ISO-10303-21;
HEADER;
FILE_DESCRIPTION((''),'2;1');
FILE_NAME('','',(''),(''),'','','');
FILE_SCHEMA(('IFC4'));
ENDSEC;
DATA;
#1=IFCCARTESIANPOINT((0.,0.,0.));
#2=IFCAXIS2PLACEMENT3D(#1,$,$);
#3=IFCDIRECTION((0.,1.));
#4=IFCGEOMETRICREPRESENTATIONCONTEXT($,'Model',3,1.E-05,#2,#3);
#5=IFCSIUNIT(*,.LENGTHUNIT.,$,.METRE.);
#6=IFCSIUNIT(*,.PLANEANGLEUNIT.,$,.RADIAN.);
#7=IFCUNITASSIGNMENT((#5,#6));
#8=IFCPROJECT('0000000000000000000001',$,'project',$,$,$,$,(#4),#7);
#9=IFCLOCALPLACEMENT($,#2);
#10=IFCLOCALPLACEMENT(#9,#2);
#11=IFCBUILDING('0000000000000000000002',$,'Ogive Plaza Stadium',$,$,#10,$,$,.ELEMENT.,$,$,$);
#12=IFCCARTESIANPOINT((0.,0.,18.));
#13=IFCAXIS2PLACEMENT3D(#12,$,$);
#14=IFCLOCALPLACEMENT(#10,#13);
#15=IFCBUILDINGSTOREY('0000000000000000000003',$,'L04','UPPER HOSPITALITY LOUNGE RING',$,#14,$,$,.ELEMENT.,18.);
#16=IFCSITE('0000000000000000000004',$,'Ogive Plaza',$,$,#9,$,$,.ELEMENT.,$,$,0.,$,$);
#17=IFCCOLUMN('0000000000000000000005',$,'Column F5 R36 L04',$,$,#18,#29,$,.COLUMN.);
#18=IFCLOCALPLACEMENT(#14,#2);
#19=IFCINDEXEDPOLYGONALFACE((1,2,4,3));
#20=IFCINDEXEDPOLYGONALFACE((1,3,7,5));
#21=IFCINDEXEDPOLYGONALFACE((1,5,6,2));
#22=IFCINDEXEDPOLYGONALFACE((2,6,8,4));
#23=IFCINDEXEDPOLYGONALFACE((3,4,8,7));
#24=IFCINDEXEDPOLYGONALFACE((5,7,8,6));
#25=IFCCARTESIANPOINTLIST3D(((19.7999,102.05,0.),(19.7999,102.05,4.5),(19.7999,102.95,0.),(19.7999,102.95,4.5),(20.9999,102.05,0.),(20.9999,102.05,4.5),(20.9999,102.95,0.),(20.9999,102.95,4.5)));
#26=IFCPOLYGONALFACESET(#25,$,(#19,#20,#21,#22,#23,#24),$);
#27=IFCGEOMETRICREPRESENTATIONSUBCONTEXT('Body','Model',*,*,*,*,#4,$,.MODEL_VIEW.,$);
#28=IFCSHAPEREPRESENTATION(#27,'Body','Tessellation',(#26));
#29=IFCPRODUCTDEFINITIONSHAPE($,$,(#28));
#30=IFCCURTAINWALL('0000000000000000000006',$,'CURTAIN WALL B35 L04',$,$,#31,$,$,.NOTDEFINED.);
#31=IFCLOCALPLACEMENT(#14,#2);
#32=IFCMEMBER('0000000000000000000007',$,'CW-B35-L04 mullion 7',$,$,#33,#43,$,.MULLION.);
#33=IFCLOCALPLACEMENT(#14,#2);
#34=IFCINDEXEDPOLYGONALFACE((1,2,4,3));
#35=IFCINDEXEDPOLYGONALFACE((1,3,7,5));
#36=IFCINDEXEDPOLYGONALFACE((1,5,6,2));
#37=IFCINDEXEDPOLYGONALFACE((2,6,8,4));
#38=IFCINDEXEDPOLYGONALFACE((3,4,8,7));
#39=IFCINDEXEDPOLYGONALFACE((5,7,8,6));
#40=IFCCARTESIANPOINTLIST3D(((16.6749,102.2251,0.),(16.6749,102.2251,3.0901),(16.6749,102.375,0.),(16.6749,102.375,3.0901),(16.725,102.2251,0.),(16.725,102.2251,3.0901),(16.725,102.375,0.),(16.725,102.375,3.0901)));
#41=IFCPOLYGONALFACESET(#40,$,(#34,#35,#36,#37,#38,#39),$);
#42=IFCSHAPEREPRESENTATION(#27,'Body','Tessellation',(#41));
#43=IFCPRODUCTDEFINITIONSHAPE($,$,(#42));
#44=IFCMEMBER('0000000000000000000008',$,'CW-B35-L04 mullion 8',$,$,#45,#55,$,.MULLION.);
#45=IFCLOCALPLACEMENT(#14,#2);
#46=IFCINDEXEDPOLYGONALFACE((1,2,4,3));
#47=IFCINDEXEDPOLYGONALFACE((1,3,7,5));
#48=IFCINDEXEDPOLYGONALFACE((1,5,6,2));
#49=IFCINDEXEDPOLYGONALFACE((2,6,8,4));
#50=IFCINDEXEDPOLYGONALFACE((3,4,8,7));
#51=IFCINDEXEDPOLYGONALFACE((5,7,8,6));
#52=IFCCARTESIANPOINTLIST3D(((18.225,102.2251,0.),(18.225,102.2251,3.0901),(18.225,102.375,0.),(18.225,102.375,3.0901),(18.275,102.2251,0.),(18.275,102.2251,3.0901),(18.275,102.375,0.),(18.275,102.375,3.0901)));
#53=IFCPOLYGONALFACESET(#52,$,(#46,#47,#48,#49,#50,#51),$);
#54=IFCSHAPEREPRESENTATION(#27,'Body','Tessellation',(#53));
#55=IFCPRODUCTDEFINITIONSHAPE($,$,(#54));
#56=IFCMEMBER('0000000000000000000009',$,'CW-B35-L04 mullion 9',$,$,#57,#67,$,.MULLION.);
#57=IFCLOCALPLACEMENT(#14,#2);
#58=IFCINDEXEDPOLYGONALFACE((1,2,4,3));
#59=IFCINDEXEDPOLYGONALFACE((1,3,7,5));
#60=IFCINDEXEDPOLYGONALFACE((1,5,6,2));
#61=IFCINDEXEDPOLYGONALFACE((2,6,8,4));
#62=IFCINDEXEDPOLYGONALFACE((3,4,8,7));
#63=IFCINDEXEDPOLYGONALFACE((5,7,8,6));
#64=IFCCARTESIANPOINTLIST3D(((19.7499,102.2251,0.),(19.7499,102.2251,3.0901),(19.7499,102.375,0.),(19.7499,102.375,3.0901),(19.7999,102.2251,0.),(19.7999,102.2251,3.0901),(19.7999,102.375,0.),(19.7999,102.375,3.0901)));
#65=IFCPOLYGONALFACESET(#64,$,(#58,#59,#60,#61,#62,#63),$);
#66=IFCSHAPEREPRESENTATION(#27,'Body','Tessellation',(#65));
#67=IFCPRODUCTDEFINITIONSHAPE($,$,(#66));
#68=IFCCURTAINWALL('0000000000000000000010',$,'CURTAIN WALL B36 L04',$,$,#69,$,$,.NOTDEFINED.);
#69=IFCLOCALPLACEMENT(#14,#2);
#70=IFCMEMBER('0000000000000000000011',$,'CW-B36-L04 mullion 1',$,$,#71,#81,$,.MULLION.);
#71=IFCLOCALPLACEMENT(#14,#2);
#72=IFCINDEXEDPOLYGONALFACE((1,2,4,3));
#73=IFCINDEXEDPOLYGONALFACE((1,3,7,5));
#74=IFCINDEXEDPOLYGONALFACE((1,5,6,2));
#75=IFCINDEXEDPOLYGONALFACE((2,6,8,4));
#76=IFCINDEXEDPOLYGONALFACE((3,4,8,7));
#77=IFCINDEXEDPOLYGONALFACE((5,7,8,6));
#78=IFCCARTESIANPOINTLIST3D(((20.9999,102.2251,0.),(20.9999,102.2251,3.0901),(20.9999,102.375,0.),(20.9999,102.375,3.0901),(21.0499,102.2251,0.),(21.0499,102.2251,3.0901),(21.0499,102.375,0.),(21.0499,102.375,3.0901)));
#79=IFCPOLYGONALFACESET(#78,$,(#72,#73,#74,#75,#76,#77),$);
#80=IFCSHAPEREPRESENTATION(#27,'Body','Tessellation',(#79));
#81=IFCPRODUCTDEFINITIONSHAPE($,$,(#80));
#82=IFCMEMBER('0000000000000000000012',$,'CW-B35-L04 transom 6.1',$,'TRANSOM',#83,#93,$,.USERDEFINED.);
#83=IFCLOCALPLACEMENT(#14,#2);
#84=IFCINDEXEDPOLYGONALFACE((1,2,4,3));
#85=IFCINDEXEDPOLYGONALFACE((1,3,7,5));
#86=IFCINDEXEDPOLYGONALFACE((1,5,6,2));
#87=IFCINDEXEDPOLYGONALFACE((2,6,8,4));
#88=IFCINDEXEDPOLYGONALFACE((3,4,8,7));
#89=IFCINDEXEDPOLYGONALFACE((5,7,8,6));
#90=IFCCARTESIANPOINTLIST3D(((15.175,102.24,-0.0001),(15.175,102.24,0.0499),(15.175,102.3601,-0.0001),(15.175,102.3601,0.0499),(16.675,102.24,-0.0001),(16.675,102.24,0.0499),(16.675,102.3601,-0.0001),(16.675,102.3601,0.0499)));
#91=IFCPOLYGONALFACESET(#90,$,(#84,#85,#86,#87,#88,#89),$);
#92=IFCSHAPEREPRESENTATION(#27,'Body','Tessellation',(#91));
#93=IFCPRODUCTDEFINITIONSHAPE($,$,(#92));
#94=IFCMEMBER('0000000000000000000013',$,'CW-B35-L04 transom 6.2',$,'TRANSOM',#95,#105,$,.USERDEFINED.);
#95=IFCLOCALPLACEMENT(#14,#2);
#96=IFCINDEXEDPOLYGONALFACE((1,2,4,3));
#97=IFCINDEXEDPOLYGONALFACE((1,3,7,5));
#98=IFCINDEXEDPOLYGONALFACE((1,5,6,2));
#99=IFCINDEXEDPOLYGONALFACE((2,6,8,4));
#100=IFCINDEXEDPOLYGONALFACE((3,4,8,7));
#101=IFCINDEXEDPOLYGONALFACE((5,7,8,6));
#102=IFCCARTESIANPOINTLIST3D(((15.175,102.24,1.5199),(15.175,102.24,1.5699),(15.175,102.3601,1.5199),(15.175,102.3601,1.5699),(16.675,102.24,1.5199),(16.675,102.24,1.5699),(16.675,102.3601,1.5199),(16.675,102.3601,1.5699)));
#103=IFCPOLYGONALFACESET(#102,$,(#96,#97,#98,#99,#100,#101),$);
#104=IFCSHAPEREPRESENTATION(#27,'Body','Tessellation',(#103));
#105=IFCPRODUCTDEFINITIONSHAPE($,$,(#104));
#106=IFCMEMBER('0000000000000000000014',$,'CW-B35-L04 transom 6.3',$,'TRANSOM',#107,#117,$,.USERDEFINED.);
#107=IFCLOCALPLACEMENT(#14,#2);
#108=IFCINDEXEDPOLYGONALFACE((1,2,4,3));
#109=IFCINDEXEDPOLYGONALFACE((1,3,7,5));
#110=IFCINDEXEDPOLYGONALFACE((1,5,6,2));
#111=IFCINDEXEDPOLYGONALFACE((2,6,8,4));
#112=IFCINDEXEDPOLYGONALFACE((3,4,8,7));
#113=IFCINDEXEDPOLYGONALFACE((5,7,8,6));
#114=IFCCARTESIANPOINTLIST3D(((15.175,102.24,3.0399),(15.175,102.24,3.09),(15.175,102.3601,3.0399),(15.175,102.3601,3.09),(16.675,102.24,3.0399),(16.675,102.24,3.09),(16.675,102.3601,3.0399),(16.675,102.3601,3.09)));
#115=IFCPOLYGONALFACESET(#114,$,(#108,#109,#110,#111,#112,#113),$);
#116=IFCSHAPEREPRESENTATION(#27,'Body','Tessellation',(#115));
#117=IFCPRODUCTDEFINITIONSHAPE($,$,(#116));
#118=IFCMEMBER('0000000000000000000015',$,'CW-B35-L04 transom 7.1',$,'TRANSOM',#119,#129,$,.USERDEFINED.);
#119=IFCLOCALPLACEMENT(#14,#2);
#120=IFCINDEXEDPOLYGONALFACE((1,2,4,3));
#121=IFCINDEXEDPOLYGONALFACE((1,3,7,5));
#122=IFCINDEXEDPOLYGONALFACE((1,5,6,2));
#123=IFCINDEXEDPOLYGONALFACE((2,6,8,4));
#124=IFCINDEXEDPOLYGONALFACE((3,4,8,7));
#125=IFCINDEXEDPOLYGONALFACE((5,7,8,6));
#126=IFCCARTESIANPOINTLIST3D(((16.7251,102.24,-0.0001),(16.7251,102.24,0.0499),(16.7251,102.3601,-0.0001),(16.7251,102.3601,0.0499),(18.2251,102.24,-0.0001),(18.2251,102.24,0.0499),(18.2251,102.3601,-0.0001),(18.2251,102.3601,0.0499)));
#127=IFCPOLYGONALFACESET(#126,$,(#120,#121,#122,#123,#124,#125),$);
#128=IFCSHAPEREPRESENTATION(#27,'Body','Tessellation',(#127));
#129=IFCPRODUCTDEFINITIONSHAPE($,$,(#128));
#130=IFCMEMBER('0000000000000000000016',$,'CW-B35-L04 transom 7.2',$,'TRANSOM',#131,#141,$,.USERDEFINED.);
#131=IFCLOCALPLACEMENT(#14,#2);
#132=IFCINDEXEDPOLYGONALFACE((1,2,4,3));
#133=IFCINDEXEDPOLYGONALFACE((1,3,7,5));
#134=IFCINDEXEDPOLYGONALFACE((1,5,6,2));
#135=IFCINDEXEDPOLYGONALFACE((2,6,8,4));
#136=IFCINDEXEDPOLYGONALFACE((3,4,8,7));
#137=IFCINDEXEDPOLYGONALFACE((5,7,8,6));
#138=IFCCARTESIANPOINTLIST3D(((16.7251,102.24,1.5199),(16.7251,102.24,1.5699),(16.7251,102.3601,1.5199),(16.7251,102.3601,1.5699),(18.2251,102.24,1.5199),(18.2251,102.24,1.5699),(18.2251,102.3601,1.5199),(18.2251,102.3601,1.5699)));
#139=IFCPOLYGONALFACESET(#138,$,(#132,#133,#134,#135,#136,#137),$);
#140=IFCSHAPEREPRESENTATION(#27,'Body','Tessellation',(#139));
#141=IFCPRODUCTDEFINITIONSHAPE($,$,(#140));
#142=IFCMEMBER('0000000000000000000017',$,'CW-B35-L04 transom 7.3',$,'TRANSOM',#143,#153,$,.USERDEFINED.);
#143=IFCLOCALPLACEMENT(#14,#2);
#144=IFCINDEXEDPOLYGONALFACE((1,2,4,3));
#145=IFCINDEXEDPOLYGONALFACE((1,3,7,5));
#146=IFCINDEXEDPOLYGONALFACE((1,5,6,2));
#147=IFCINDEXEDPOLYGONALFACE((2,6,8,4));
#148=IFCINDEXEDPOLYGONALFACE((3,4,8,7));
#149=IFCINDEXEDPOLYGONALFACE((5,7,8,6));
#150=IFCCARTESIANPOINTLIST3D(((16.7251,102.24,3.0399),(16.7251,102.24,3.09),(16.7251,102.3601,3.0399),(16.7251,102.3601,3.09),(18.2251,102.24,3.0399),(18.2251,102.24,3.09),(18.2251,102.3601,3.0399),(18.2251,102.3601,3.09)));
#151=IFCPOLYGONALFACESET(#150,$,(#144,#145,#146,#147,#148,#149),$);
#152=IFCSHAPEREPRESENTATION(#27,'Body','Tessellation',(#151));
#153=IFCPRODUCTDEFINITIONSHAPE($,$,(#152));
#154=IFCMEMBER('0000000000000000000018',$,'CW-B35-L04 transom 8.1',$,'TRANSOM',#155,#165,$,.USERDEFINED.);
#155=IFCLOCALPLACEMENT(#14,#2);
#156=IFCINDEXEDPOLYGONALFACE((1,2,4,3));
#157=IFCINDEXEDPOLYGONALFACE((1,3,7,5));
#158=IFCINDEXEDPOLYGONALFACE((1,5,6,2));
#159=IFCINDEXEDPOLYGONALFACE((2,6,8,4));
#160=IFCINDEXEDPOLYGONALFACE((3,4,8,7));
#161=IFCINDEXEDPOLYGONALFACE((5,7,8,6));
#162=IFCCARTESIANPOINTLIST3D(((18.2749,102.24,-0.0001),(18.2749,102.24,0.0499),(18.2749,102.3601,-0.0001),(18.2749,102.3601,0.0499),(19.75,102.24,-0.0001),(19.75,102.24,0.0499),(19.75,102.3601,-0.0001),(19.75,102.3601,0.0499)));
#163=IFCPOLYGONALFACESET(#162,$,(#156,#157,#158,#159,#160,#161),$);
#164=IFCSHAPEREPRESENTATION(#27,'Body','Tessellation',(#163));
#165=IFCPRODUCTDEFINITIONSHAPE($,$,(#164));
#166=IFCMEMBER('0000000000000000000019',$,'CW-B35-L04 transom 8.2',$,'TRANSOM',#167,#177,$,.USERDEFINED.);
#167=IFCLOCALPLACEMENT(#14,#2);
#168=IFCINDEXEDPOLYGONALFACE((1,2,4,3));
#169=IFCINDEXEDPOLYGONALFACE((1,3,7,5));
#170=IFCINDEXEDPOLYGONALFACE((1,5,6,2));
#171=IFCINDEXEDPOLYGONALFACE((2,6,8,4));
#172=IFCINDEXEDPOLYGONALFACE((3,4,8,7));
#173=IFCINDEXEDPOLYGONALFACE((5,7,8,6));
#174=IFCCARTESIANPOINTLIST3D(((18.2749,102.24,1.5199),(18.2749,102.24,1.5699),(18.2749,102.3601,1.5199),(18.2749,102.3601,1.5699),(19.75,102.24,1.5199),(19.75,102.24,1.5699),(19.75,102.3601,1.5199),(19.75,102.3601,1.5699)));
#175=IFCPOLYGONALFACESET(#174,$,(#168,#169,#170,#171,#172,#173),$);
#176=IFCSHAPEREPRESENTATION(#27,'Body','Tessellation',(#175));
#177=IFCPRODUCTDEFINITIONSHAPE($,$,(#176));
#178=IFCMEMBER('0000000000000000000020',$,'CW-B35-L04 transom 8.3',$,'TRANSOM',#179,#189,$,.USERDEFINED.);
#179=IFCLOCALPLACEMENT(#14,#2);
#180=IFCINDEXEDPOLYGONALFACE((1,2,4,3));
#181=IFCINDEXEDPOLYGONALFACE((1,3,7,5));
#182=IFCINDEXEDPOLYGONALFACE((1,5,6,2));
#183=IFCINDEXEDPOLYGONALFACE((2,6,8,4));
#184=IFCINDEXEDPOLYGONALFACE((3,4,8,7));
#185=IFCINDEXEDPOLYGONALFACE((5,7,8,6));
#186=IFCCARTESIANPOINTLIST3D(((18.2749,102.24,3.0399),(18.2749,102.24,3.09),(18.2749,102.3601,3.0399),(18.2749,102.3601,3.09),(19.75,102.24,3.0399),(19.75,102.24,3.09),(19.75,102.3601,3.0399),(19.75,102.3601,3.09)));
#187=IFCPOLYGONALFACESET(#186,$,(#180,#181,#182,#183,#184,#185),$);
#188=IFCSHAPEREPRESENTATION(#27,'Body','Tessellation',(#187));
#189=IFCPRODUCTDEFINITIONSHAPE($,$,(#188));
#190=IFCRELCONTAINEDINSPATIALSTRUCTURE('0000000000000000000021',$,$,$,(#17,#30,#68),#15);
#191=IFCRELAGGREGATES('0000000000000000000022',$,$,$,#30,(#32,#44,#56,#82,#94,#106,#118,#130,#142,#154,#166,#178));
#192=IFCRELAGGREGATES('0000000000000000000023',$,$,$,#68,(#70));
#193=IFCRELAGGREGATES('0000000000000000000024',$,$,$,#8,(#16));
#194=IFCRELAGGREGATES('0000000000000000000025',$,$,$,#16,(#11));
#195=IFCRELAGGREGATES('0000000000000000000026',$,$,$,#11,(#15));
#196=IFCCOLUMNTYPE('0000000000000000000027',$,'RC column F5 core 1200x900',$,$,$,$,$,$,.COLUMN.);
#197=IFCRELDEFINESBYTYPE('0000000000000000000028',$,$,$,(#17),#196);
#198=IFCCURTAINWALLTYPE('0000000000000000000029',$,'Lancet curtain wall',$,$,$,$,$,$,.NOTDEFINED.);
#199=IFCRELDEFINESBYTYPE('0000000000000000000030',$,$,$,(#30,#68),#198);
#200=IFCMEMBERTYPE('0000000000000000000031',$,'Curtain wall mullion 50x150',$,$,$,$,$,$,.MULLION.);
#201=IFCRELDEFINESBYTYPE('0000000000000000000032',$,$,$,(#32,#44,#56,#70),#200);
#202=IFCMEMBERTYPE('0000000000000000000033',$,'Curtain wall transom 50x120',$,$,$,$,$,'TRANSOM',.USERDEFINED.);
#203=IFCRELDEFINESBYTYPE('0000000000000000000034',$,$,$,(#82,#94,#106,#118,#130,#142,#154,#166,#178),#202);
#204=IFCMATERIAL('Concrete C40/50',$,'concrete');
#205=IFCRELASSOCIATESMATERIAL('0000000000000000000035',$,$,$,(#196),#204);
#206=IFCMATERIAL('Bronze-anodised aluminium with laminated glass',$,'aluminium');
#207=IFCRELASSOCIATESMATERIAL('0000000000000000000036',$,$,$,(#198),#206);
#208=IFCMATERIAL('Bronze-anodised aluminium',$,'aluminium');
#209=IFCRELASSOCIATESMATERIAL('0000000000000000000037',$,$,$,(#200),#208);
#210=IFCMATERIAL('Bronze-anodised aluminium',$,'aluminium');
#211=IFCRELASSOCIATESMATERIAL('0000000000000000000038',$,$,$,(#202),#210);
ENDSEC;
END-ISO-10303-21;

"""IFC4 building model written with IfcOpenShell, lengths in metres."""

from ifc_helpers import new_model, si_unit, direction, frame, origin, origin_2d, place, context, subcontext, project, spatial, rectangle, extrude, material, material_profile, profile_set, type_object, element, aggregate, save


model = new_model("IFC4")

# Units and contexts
model_context = context("Model", 3, precision=1e-05, world=origin(), true_north=direction((0.0, 1.0)))
body_context = subcontext(model_context, "Body", "Model", "MODEL_VIEW")
ifc_project = project(units=[si_unit("LENGTHUNIT", "METRE"), si_unit("PLANEANGLEUNIT", "RADIAN")], contexts=[model_context])

# Site, building, storey
site_placement = place(None, origin())
site = spatial("IfcSite", under=ifc_project, at=site_placement, Name="Ogive Plaza", CompositionType="ELEMENT", RefElevation=0.0)
building_placement = place(site_placement, origin())
building = spatial("IfcBuilding", under=site, at=building_placement, Name="Ogive Plaza Stadium", CompositionType="ELEMENT")
storey_placement = place(building_placement, frame((0.0, 0.0, 18.0)))
storey = spatial("IfcBuildingStorey", under=building, at=storey_placement, Name="L04", Description="UPPER HOSPITALITY LOUNGE RING", CompositionType="ELEMENT", Elevation=18.0)

# Column
ifc_material_1 = material(Name="Concrete C40/50", Category="concrete")
ifc_material_profile_1 = material_profile(ifc_material_1, rectangle(XDim=1.2, YDim=0.8999, at=origin_2d()), Name="RC 1200x900")
ifc_profile_set_1 = profile_set([ifc_material_profile_1], Name="Concrete C40/50")
column_type = type_object("IfcColumnType", Name="RC column F5 core 1200x900", PredefinedType="COLUMN", material=ifc_profile_set_1)
column_placement = place(storey_placement, frame((20.3999, 102.5, 0.0), z_axis=(0.0, 0.0, 1.0), x_axis=(-1.0, 0.0, 0.0)))
element("IfcColumn", 1, at=column_placement, inside=storey, type_object=column_type, Name="Column F5 R36 L04", PredefinedType="COLUMN", context=body_context, shape_type="SweptSolid", body=[
    extrude(rectangle(XDim=1.2, YDim=0.8999, at=origin_2d()), origin(), (0.0, 0.0, 1.0), 4.5),
])

# Curtain wall, members
ifc_material_2 = material(Name="Bronze-anodised aluminium with laminated glass", Category="aluminium")
curtain_wall_type = type_object("IfcCurtainWallType", Name="Lancet curtain wall", PredefinedType="NOTDEFINED", material=ifc_material_2)
curtain_wall_1_placement = place(storey_placement, origin())
curtain_wall_1 = element("IfcCurtainWall", 2, at=curtain_wall_1_placement, inside=storey, type_object=curtain_wall_type, Name="CURTAIN WALL B35 L04", PredefinedType="NOTDEFINED")
ifc_material_3 = material(Name="Bronze-anodised aluminium", Category="aluminium")
ifc_material_profile_2 = material_profile(ifc_material_3, rectangle(XDim=0.1499, YDim=0.05, at=origin_2d()), Name="AL 150x50")
ifc_profile_set_2 = profile_set([ifc_material_profile_2], Name="Bronze-anodised aluminium")
member_type_1 = type_object("IfcMemberType", Name="Curtain wall mullion 50x150", PredefinedType="MULLION", material=ifc_profile_set_2)
member_1_placement = place(storey_placement, frame((16.7, 102.3, 0.0), z_axis=(0.0, 0.0, 1.0), x_axis=(0.0, 1.0, 0.0)))
member_1 = element("IfcMember", 3, at=member_1_placement, type_object=member_type_1, Name="CW-B35-L04 mullion 7", PredefinedType="MULLION", context=body_context, shape_type="SweptSolid", body=[
    extrude(rectangle(XDim=0.1499, YDim=0.05, at=origin_2d()), origin(), (0.0, 0.0, 1.0), 3.0901),
])
member_2_placement = place(storey_placement, frame((18.25, 102.3, 0.0), z_axis=(0.0, 0.0, 1.0), x_axis=(0.0, 1.0, 0.0)))
member_2 = element("IfcMember", 4, at=member_2_placement, type_object=member_type_1, Name="CW-B35-L04 mullion 8", PredefinedType="MULLION", context=body_context, shape_type="SweptSolid", body=[
    extrude(rectangle(XDim=0.1499, YDim=0.05, at=origin_2d()), origin(), (0.0, 0.0, 1.0), 3.0901),
])
member_3_placement = place(storey_placement, frame((19.7749, 102.3, 0.0), z_axis=(0.0, 0.0, 1.0), x_axis=(0.0, 1.0, 0.0)))
member_3 = element("IfcMember", 5, at=member_3_placement, type_object=member_type_1, Name="CW-B35-L04 mullion 9", PredefinedType="MULLION", context=body_context, shape_type="SweptSolid", body=[
    extrude(rectangle(XDim=0.1499, YDim=0.05, at=origin_2d()), origin(), (0.0, 0.0, 1.0), 3.0901),
])

# Curtain wall, member
curtain_wall_2_placement = place(storey_placement, origin())
curtain_wall_2 = element("IfcCurtainWall", 6, at=curtain_wall_2_placement, inside=storey, type_object=curtain_wall_type, Name="CURTAIN WALL B36 L04", PredefinedType="NOTDEFINED")
member_4_placement = place(storey_placement, frame((21.0249, 102.3, 0.0), z_axis=(0.0, 0.0, 1.0), x_axis=(0.0, 1.0, 0.0)))
member_4 = element("IfcMember", 7, at=member_4_placement, type_object=member_type_1, Name="CW-B36-L04 mullion 1", PredefinedType="MULLION", context=body_context, shape_type="SweptSolid", body=[
    extrude(rectangle(XDim=0.1499, YDim=0.05, at=origin_2d()), origin(), (0.0, 0.0, 1.0), 3.0901),
])

# Members
ifc_material_4 = material(Name="Bronze-anodised aluminium", Category="aluminium")
ifc_material_profile_3 = material_profile(ifc_material_4, rectangle(XDim=0.1201, YDim=0.05, at=origin_2d()), Name="AL 120x50")
ifc_profile_set_3 = profile_set([ifc_material_profile_3], Name="Bronze-anodised aluminium")
member_type_2 = type_object("IfcMemberType", Name="Curtain wall transom 50x120", ElementType="TRANSOM", PredefinedType="USERDEFINED", material=ifc_profile_set_3)
member_5_placement = place(storey_placement, frame((15.175, 102.3, 0.0249), z_axis=(1.0, 0.0, 0.0), x_axis=(0.0, 1.0, 0.0)))
member_5 = element("IfcMember", 8, at=member_5_placement, type_object=member_type_2, Name="CW-B35-L04 transom 6.1", ObjectType="TRANSOM", PredefinedType="USERDEFINED", context=body_context, shape_type="SweptSolid", body=[
    extrude(rectangle(XDim=0.1201, YDim=0.05, at=origin_2d()), origin(), (0.0, 0.0, 1.0), 1.5),
])
member_6_placement = place(storey_placement, frame((15.175, 102.3, 1.5449), z_axis=(1.0, 0.0, 0.0), x_axis=(0.0, 1.0, 0.0)))
member_6 = element("IfcMember", 9, at=member_6_placement, type_object=member_type_2, Name="CW-B35-L04 transom 6.2", ObjectType="TRANSOM", PredefinedType="USERDEFINED", context=body_context, shape_type="SweptSolid", body=[
    extrude(rectangle(XDim=0.1201, YDim=0.05, at=origin_2d()), origin(), (0.0, 0.0, 1.0), 1.5),
])
member_7_placement = place(storey_placement, frame((15.175, 102.3, 3.0649), z_axis=(1.0, 0.0, 0.0), x_axis=(0.0, 1.0, 0.0)))
member_7 = element("IfcMember", 10, at=member_7_placement, type_object=member_type_2, Name="CW-B35-L04 transom 6.3", ObjectType="TRANSOM", PredefinedType="USERDEFINED", context=body_context, shape_type="SweptSolid", body=[
    extrude(rectangle(XDim=0.1201, YDim=0.05, at=origin_2d()), origin(), (0.0, 0.0, 1.0), 1.5),
])
member_8_placement = place(storey_placement, frame((16.7251, 102.3, 0.0249), z_axis=(1.0, 0.0, 0.0), x_axis=(0.0, 1.0, 0.0)))
member_8 = element("IfcMember", 11, at=member_8_placement, type_object=member_type_2, Name="CW-B35-L04 transom 7.1", ObjectType="TRANSOM", PredefinedType="USERDEFINED", context=body_context, shape_type="SweptSolid", body=[
    extrude(rectangle(XDim=0.1201, YDim=0.05, at=origin_2d()), origin(), (0.0, 0.0, 1.0), 1.5),
])
member_9_placement = place(storey_placement, frame((16.7251, 102.3, 1.5449), z_axis=(1.0, 0.0, 0.0), x_axis=(0.0, 1.0, 0.0)))
member_9 = element("IfcMember", 12, at=member_9_placement, type_object=member_type_2, Name="CW-B35-L04 transom 7.2", ObjectType="TRANSOM", PredefinedType="USERDEFINED", context=body_context, shape_type="SweptSolid", body=[
    extrude(rectangle(XDim=0.1201, YDim=0.05, at=origin_2d()), origin(), (0.0, 0.0, 1.0), 1.5),
])
member_10_placement = place(storey_placement, frame((16.7251, 102.3, 3.0649), z_axis=(1.0, 0.0, 0.0), x_axis=(0.0, 1.0, 0.0)))
member_10 = element("IfcMember", 13, at=member_10_placement, type_object=member_type_2, Name="CW-B35-L04 transom 7.3", ObjectType="TRANSOM", PredefinedType="USERDEFINED", context=body_context, shape_type="SweptSolid", body=[
    extrude(rectangle(XDim=0.1201, YDim=0.05, at=origin_2d()), origin(), (0.0, 0.0, 1.0), 1.5),
])
member_11_placement = place(storey_placement, frame((18.2749, 102.3, 0.0249), z_axis=(1.0, 0.0, 0.0), x_axis=(0.0, 1.0, 0.0)))
member_11 = element("IfcMember", 14, at=member_11_placement, type_object=member_type_2, Name="CW-B35-L04 transom 8.1", ObjectType="TRANSOM", PredefinedType="USERDEFINED", context=body_context, shape_type="SweptSolid", body=[
    extrude(rectangle(XDim=0.1201, YDim=0.05, at=origin_2d()), origin(), (0.0, 0.0, 1.0), 1.4751),
])
member_12_placement = place(storey_placement, frame((18.2749, 102.3, 1.5449), z_axis=(1.0, 0.0, 0.0), x_axis=(0.0, 1.0, 0.0)))
member_12 = element("IfcMember", 15, at=member_12_placement, type_object=member_type_2, Name="CW-B35-L04 transom 8.2", ObjectType="TRANSOM", PredefinedType="USERDEFINED", context=body_context, shape_type="SweptSolid", body=[
    extrude(rectangle(XDim=0.1201, YDim=0.05, at=origin_2d()), origin(), (0.0, 0.0, 1.0), 1.4751),
])
member_13_placement = place(storey_placement, frame((18.2749, 102.3, 3.0649), z_axis=(1.0, 0.0, 0.0), x_axis=(0.0, 1.0, 0.0)))
member_13 = element("IfcMember", 16, at=member_13_placement, type_object=member_type_2, Name="CW-B35-L04 transom 8.3", ObjectType="TRANSOM", PredefinedType="USERDEFINED", context=body_context, shape_type="SweptSolid", body=[
    extrude(rectangle(XDim=0.1201, YDim=0.05, at=origin_2d()), origin(), (0.0, 0.0, 1.0), 1.4751),
])

aggregate(curtain_wall_1, [member_1, member_2, member_3, member_5, member_6, member_7, member_8, member_9, member_10, member_11, member_12, member_13])
aggregate(curtain_wall_2, [member_4])

save(model, "model.ifc")
